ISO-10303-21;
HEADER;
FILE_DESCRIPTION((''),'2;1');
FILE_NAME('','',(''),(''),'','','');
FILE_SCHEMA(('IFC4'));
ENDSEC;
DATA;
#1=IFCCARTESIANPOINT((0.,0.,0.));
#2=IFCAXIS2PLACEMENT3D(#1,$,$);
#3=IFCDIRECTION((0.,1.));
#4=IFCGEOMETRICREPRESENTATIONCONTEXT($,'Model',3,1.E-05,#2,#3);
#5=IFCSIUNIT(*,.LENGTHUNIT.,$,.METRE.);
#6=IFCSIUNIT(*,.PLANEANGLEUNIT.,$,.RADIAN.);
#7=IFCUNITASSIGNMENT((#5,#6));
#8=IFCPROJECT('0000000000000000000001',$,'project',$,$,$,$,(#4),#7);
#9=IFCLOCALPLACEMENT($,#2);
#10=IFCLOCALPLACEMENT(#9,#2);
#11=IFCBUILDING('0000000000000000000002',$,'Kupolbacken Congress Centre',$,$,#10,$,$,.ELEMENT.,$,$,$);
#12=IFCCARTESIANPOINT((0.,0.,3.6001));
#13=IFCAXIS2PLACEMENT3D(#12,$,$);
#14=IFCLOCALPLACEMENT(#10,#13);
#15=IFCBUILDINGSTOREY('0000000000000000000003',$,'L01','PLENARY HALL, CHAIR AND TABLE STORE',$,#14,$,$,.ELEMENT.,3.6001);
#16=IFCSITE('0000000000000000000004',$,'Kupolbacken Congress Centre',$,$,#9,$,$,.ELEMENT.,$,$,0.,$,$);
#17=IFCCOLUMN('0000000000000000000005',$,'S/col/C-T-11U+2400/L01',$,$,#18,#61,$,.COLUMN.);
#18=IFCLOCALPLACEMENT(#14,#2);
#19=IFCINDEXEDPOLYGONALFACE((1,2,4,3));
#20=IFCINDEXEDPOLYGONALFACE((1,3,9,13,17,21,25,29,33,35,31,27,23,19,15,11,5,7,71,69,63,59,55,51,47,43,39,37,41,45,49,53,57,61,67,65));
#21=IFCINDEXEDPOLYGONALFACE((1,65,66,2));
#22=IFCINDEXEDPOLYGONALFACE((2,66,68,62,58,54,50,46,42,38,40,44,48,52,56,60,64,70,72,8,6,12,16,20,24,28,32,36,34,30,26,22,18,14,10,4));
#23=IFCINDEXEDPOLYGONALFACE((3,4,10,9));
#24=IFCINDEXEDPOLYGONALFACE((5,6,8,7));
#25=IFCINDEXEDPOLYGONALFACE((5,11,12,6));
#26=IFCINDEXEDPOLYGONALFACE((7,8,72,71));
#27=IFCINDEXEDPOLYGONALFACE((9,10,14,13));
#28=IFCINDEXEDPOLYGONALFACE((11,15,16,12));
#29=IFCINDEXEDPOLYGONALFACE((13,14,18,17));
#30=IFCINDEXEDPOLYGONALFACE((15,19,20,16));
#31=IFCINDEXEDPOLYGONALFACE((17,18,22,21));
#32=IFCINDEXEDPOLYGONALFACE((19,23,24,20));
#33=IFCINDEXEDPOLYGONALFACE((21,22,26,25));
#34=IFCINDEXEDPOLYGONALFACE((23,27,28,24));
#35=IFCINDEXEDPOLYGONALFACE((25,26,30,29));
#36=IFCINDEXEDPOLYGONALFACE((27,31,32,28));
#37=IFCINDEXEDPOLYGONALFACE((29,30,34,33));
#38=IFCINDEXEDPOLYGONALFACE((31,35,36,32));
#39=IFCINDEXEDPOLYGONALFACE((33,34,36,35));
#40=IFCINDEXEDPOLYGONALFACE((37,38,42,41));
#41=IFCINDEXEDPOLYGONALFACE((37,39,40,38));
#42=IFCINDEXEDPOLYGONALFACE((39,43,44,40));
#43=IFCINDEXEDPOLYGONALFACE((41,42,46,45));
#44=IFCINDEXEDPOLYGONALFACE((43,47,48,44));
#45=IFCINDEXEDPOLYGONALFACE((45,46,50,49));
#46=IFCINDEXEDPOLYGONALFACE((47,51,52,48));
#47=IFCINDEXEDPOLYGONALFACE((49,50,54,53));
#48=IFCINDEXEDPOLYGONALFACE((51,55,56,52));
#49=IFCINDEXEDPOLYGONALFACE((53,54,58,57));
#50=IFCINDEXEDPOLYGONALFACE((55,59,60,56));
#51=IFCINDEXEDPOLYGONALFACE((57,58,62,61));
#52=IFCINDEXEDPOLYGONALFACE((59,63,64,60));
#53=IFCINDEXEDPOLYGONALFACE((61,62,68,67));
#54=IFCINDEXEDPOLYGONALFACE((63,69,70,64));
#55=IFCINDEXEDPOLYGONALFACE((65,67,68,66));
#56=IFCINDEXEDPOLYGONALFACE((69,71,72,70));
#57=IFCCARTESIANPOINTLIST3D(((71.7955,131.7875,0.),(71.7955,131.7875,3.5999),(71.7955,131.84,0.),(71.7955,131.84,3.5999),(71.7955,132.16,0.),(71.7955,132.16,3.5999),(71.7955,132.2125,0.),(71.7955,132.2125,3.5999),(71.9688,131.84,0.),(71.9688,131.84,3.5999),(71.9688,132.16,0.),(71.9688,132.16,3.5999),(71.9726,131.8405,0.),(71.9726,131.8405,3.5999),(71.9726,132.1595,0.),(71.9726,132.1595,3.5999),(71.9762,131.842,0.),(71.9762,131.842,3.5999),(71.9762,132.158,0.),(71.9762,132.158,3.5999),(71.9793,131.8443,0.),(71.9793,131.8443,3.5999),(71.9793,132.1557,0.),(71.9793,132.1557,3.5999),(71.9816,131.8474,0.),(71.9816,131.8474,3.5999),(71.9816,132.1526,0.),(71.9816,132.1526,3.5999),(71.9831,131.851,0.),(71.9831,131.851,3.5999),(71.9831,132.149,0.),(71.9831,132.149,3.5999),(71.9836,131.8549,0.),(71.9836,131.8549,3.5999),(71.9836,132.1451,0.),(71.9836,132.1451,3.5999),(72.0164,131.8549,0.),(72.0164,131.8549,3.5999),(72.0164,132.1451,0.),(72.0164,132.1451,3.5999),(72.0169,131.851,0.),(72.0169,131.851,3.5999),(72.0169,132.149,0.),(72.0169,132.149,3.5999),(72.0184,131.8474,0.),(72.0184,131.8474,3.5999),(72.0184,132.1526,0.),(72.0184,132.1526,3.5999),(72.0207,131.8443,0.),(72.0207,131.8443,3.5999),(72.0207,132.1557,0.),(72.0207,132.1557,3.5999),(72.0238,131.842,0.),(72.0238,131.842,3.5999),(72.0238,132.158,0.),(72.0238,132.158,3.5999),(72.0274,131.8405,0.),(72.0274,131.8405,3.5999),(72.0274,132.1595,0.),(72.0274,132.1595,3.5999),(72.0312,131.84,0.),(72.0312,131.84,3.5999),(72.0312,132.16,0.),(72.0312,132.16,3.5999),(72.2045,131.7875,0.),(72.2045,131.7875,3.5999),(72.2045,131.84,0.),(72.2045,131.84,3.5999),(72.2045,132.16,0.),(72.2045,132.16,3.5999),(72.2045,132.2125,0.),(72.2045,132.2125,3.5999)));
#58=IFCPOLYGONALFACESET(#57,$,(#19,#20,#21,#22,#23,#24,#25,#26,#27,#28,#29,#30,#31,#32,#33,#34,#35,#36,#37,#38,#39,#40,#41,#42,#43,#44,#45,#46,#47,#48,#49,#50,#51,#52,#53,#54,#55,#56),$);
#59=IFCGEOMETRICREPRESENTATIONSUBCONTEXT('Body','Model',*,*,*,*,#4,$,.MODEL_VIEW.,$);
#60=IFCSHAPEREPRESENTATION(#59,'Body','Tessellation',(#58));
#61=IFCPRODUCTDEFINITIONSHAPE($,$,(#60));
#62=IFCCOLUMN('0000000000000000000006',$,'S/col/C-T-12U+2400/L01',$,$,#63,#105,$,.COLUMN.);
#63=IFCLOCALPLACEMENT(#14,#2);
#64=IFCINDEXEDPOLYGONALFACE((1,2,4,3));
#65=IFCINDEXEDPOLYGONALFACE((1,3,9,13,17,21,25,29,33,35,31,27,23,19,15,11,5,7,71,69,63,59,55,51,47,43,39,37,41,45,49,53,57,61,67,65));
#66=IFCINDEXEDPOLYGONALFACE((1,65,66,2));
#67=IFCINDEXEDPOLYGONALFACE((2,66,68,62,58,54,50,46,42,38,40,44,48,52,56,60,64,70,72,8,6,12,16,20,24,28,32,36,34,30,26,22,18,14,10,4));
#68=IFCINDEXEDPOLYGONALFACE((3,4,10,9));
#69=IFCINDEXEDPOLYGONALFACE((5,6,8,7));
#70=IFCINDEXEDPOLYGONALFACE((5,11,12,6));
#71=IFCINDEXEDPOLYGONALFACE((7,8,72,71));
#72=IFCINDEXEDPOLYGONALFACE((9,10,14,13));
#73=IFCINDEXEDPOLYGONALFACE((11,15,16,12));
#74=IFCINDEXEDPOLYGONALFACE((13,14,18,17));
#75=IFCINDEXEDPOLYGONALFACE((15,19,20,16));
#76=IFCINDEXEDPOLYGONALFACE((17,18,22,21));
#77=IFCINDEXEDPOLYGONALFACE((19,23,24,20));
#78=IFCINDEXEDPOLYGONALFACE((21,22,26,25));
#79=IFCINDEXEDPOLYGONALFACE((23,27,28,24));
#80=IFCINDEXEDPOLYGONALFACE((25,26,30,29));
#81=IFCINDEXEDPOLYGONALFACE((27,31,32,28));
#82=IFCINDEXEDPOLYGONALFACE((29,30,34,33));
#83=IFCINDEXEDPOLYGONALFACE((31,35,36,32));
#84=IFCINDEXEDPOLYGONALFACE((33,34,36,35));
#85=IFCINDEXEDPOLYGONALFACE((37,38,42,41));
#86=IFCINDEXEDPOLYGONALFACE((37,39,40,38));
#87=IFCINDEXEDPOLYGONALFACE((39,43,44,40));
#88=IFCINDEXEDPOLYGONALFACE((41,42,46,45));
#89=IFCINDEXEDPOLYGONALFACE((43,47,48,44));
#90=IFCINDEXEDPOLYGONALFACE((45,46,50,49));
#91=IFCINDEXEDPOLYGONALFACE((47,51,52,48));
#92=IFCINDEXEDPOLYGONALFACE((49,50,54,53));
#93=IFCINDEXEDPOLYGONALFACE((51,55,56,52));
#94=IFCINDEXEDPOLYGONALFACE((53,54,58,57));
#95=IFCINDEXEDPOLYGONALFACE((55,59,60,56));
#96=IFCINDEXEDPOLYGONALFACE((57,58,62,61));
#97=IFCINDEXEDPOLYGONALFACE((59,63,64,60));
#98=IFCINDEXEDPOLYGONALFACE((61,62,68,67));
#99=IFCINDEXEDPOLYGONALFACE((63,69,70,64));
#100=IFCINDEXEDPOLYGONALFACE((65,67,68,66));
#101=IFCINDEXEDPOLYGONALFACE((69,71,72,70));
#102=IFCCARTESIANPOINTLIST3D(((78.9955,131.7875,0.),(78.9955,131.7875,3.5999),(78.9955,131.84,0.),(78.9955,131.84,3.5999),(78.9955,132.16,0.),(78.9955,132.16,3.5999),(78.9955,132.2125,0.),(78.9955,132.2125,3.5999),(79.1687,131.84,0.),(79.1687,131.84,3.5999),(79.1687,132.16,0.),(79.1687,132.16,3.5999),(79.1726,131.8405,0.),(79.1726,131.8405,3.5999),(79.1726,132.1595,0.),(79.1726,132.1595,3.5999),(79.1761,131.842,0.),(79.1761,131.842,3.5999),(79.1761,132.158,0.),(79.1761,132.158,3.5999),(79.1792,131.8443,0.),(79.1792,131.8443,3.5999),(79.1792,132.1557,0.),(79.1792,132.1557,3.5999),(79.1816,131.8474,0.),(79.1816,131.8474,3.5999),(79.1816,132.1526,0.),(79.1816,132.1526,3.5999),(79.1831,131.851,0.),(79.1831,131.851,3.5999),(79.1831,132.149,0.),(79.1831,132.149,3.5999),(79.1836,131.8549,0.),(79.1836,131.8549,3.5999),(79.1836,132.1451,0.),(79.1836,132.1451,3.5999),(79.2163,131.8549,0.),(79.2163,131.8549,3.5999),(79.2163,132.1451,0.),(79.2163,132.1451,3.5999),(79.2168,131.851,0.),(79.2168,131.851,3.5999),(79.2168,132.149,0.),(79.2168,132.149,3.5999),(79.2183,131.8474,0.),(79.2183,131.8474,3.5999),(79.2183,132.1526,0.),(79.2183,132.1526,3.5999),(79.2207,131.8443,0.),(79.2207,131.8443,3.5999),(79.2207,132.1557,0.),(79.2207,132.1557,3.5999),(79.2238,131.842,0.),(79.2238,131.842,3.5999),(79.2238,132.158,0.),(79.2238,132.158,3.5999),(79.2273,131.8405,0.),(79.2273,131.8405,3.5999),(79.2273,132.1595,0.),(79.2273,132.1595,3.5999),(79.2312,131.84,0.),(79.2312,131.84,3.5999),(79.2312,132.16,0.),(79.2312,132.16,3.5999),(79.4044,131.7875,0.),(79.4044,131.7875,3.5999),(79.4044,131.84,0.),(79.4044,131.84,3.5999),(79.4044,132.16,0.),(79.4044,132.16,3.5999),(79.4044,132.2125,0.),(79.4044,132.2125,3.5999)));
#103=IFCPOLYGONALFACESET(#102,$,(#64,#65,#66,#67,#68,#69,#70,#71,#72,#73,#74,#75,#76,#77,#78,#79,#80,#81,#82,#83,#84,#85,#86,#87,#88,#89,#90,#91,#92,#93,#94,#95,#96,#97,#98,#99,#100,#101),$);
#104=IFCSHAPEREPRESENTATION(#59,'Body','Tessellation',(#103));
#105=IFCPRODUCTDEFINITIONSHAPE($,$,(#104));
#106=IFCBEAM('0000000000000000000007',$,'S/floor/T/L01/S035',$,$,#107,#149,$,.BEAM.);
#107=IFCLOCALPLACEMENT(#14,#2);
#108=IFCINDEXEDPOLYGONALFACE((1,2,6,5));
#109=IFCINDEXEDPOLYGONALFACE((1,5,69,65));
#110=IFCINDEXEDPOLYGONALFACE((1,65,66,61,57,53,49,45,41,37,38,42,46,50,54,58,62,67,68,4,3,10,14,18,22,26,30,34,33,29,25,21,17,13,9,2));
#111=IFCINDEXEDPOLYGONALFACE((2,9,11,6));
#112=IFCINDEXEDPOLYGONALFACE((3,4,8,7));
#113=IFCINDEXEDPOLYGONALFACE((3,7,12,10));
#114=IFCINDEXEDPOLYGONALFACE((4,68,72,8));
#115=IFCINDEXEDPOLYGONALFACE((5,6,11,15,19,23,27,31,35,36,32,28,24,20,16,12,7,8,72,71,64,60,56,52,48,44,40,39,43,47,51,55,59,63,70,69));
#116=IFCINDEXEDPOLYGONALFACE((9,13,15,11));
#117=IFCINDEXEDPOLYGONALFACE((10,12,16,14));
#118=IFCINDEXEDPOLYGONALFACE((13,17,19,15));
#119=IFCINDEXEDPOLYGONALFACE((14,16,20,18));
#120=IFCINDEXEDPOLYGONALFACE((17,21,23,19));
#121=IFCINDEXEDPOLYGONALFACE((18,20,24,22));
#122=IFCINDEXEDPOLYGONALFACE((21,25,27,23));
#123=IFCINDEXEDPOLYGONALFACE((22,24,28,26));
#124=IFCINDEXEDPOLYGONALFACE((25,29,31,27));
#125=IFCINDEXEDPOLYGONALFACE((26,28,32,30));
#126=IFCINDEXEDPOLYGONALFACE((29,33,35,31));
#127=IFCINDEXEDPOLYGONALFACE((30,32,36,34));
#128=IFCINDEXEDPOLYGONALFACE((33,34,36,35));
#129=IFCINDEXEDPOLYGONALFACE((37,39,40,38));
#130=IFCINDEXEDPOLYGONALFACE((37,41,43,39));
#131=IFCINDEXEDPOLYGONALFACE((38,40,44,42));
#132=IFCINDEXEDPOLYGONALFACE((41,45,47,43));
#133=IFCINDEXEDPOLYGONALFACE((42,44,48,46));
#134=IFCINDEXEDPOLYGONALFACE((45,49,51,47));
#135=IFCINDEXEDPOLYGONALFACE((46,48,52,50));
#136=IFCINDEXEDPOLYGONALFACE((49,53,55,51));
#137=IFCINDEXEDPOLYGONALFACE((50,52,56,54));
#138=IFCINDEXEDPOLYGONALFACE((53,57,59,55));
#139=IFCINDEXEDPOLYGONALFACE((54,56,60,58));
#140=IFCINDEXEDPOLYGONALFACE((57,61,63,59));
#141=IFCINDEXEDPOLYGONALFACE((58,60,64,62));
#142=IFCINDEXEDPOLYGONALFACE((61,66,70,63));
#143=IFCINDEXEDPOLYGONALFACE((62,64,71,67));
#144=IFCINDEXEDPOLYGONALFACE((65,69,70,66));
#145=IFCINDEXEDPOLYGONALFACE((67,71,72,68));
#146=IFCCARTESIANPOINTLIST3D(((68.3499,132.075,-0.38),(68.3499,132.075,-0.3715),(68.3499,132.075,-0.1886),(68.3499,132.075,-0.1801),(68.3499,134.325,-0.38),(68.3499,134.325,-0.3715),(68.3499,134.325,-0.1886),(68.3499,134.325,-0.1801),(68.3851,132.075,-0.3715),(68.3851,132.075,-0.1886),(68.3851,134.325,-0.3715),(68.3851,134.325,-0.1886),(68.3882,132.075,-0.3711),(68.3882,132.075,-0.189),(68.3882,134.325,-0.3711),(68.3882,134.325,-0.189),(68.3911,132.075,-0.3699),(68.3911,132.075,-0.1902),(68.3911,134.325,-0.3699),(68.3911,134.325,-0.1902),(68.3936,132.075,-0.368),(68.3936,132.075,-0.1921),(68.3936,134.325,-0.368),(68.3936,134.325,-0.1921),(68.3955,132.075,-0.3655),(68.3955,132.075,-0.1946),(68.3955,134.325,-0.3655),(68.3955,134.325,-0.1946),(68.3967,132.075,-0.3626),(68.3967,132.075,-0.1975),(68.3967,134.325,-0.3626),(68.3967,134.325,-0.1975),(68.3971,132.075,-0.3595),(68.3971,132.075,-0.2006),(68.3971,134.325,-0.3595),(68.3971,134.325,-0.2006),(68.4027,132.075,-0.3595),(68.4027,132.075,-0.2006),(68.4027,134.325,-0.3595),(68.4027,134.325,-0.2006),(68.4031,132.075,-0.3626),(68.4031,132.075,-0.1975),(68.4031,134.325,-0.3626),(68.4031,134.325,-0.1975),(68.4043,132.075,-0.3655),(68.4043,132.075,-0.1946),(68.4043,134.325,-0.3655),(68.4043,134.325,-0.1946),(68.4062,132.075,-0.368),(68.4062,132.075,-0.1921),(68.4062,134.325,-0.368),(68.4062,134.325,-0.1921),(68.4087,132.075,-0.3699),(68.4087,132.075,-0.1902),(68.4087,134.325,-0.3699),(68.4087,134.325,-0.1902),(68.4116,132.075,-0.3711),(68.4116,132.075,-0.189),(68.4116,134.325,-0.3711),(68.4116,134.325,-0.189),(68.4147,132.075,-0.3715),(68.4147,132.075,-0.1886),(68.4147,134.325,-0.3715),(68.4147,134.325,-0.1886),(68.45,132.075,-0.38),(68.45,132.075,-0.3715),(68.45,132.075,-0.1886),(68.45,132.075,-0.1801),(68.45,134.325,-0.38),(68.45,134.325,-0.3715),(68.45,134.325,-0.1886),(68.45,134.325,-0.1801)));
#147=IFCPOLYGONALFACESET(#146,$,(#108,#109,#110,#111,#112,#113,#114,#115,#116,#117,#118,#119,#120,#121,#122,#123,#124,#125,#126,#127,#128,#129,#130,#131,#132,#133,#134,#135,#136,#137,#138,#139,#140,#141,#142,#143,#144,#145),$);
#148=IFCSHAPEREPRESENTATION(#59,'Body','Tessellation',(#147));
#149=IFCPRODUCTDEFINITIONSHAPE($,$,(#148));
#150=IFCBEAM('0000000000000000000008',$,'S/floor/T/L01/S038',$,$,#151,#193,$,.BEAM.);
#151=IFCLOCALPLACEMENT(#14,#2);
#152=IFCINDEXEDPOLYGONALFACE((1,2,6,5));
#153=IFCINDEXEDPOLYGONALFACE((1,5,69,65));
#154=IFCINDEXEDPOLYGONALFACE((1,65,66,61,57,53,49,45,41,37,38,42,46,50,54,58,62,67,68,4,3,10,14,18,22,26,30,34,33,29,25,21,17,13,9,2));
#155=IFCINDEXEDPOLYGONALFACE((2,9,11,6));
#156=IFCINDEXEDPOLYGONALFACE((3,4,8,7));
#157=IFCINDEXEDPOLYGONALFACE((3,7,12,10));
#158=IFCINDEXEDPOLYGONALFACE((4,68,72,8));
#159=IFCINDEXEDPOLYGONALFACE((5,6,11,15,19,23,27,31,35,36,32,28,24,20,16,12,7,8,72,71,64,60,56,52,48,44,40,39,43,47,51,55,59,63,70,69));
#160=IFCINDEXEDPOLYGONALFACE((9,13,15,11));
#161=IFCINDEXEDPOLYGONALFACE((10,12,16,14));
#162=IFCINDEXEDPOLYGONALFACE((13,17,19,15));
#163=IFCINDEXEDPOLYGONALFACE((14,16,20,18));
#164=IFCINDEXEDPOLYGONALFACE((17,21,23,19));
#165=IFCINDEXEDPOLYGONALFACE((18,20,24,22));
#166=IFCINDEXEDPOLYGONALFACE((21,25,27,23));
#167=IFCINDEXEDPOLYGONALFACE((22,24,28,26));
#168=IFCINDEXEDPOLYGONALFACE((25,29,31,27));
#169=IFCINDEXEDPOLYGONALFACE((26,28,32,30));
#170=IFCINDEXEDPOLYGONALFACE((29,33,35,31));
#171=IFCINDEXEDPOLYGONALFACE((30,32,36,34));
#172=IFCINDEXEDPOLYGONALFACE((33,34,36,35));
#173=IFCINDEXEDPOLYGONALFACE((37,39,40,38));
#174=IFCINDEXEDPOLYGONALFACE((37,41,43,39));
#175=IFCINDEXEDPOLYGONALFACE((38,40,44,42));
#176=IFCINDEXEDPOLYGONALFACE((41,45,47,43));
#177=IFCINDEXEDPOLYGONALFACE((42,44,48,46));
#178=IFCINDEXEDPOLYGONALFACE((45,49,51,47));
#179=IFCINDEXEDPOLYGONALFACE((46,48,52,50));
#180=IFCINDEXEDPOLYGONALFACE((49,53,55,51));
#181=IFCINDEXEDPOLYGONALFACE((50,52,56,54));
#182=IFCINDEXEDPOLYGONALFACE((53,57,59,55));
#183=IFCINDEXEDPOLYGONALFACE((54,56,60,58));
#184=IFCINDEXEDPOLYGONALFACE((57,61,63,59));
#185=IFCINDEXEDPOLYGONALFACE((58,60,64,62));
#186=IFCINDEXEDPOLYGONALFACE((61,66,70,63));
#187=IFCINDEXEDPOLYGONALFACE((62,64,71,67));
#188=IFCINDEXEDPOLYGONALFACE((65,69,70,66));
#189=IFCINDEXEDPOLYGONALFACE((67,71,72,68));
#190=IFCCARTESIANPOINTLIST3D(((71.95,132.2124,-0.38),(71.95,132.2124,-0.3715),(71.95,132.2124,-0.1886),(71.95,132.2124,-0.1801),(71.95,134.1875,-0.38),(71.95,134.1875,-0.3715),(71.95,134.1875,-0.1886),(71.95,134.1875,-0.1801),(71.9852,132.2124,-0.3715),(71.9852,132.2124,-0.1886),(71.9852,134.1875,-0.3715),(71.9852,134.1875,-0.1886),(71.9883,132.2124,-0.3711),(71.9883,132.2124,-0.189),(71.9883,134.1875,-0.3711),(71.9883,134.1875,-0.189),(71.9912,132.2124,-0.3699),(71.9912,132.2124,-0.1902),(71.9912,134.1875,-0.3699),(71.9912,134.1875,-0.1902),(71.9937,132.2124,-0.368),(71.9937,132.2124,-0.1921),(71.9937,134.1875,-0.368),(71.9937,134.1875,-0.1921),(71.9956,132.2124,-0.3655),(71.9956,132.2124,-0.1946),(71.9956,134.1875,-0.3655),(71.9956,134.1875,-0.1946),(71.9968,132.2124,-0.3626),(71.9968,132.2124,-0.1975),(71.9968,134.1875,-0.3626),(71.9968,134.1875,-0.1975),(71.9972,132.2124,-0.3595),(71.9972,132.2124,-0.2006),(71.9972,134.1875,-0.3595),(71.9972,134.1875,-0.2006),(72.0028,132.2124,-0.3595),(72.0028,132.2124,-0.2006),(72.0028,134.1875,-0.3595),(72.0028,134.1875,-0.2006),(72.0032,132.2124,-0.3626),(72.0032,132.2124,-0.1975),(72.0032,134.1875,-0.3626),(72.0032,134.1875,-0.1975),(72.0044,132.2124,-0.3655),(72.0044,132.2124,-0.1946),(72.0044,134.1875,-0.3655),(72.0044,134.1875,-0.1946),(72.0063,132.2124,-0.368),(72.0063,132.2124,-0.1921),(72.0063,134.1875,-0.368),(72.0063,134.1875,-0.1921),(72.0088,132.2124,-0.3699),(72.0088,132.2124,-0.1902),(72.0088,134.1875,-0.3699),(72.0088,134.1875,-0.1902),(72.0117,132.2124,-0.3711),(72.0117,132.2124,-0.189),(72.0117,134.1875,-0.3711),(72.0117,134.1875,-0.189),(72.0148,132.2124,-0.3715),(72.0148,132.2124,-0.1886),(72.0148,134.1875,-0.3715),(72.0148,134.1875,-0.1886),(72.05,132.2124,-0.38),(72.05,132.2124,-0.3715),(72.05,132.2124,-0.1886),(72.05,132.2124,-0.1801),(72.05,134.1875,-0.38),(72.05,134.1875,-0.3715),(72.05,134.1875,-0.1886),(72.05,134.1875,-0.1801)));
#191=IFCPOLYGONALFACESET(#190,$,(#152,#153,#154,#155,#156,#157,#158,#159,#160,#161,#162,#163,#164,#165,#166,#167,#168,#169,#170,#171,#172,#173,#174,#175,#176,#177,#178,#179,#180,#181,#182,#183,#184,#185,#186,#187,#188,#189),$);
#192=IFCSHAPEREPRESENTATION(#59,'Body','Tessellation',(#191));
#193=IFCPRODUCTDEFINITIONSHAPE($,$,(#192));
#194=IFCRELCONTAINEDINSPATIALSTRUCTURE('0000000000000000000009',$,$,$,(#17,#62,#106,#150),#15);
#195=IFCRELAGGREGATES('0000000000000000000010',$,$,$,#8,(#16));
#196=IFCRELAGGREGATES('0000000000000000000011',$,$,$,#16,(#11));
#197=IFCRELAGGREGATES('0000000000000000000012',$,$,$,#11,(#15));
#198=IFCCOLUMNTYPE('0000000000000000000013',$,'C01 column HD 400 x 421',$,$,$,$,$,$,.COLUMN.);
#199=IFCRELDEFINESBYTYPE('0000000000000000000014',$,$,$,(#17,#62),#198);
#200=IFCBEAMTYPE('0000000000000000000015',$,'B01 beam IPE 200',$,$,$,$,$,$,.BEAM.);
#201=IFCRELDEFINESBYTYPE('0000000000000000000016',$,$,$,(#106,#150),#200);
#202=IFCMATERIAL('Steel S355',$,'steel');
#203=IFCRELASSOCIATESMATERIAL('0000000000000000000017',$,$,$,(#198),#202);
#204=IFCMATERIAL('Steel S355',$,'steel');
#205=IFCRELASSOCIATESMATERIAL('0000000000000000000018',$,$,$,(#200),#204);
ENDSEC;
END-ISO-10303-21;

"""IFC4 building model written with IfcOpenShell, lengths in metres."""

from ifc_helpers import new_model, si_unit, direction, frame, origin, origin_2d, place, context, subcontext, project, spatial, i_section, extrude, material, material_profile, profile_set, type_object, element, save


model = new_model("IFC4")

# Units and contexts
model_context = context("Model", 3, precision=1e-05, world=origin(), true_north=direction((0.0, 1.0)))
body_context = subcontext(model_context, "Body", "Model", "MODEL_VIEW")
ifc_project = project(units=[si_unit("LENGTHUNIT", "METRE"), si_unit("PLANEANGLEUNIT", "RADIAN")], contexts=[model_context])

# Site, building, storey
site_placement = place(None, origin())
site = spatial("IfcSite", under=ifc_project, at=site_placement, Name="Kupolbacken Congress Centre", CompositionType="ELEMENT", RefElevation=0.0)
building_placement = place(site_placement, origin())
building = spatial("IfcBuilding", under=site, at=building_placement, Name="Kupolbacken Congress Centre", CompositionType="ELEMENT")
storey_placement = place(building_placement, frame((0.0, 0.0, 3.6001)))
storey = spatial("IfcBuildingStorey", under=building, at=storey_placement, Name="L01", Description="PLENARY HALL, CHAIR AND TABLE STORE", CompositionType="ELEMENT", Elevation=3.6001)

# Columns
ifc_material_1 = material(Name="Steel S355", Category="steel")
ifc_material_profile_1 = material_profile(ifc_material_1, i_section(OverallWidth=0.4089, OverallDepth=0.425, WebThickness=0.0327, FlangeThickness=0.0525, FilletRadius=0.0149, at=origin_2d()), Name="HD 400 x 421")
ifc_profile_set_1 = profile_set([ifc_material_profile_1], Name="Steel S355")
column_type = type_object("IfcColumnType", Name="C01 column HD 400 x 421", PredefinedType="COLUMN", material=ifc_profile_set_1)
for number, where, z_axis, x_axis, name in (
    (1, (72.0, 132.0, 0.0), (0.0, 0.0, 1.0), (1.0, 0.0, 0.0), "S/col/C-T-11U+2400/L01"),
    (2, (79.2, 132.0, 0.0), (0.0, 0.0, 1.0), (1.0, 0.0, 0.0), "S/col/C-T-12U+2400/L01"),
):
    element("IfcColumn", number, at=place(storey_placement, frame(where, z_axis=z_axis, x_axis=x_axis)), inside=storey, type_object=column_type, Name=name, PredefinedType="COLUMN", context=body_context, shape_type="SweptSolid", body=[
        extrude(i_section(OverallWidth=0.4089, OverallDepth=0.425, WebThickness=0.0327, FlangeThickness=0.0525, FilletRadius=0.0149, at=origin_2d()), origin(), (0.0, 0.0, 1.0), 3.5999),
    ])

# Beams
ifc_material_2 = material(Name="Steel S355", Category="steel")
ifc_material_profile_2 = material_profile(ifc_material_2, i_section(OverallWidth=0.1001, OverallDepth=0.2, WebThickness=0.0056, FlangeThickness=0.0085, FilletRadius=0.012, at=origin_2d()), Name="IPE 200")
ifc_profile_set_2 = profile_set([ifc_material_profile_2], Name="Steel S355")
beam_type_1 = type_object("IfcBeamType", Name="B01 beam IPE 200", PredefinedType="BEAM", material=ifc_profile_set_2)
beam_1_placement = place(storey_placement, frame((68.3999, 132.075, -0.28), z_axis=(0.0, 1.0, 0.0), x_axis=(-1.0, 0.0, 0.0)))
element("IfcBeam", 3, at=beam_1_placement, inside=storey, type_object=beam_type_1, Name="S/floor/T/L01/S035", PredefinedType="BEAM", context=body_context, shape_type="SweptSolid", body=[
    extrude(i_section(OverallWidth=0.1001, OverallDepth=0.2, WebThickness=0.0056, FlangeThickness=0.0085, FilletRadius=0.012, at=origin_2d()), origin(), (0.0, 0.0, 1.0), 2.25),
])
beam_2_placement = place(storey_placement, frame((72.0, 132.2124, -0.28), z_axis=(0.0, 1.0, 0.0), x_axis=(-1.0, 0.0, 0.0)))
element("IfcBeam", 4, at=beam_2_placement, inside=storey, type_object=beam_type_1, Name="S/floor/T/L01/S038", PredefinedType="BEAM", context=body_context, shape_type="SweptSolid", body=[
    extrude(i_section(OverallWidth=0.1001, OverallDepth=0.2, WebThickness=0.0056, FlangeThickness=0.0085, FilletRadius=0.012, at=origin_2d()), origin(), (0.0, 0.0, 1.0), 1.9751),
])

save(model, "model.ifc")
